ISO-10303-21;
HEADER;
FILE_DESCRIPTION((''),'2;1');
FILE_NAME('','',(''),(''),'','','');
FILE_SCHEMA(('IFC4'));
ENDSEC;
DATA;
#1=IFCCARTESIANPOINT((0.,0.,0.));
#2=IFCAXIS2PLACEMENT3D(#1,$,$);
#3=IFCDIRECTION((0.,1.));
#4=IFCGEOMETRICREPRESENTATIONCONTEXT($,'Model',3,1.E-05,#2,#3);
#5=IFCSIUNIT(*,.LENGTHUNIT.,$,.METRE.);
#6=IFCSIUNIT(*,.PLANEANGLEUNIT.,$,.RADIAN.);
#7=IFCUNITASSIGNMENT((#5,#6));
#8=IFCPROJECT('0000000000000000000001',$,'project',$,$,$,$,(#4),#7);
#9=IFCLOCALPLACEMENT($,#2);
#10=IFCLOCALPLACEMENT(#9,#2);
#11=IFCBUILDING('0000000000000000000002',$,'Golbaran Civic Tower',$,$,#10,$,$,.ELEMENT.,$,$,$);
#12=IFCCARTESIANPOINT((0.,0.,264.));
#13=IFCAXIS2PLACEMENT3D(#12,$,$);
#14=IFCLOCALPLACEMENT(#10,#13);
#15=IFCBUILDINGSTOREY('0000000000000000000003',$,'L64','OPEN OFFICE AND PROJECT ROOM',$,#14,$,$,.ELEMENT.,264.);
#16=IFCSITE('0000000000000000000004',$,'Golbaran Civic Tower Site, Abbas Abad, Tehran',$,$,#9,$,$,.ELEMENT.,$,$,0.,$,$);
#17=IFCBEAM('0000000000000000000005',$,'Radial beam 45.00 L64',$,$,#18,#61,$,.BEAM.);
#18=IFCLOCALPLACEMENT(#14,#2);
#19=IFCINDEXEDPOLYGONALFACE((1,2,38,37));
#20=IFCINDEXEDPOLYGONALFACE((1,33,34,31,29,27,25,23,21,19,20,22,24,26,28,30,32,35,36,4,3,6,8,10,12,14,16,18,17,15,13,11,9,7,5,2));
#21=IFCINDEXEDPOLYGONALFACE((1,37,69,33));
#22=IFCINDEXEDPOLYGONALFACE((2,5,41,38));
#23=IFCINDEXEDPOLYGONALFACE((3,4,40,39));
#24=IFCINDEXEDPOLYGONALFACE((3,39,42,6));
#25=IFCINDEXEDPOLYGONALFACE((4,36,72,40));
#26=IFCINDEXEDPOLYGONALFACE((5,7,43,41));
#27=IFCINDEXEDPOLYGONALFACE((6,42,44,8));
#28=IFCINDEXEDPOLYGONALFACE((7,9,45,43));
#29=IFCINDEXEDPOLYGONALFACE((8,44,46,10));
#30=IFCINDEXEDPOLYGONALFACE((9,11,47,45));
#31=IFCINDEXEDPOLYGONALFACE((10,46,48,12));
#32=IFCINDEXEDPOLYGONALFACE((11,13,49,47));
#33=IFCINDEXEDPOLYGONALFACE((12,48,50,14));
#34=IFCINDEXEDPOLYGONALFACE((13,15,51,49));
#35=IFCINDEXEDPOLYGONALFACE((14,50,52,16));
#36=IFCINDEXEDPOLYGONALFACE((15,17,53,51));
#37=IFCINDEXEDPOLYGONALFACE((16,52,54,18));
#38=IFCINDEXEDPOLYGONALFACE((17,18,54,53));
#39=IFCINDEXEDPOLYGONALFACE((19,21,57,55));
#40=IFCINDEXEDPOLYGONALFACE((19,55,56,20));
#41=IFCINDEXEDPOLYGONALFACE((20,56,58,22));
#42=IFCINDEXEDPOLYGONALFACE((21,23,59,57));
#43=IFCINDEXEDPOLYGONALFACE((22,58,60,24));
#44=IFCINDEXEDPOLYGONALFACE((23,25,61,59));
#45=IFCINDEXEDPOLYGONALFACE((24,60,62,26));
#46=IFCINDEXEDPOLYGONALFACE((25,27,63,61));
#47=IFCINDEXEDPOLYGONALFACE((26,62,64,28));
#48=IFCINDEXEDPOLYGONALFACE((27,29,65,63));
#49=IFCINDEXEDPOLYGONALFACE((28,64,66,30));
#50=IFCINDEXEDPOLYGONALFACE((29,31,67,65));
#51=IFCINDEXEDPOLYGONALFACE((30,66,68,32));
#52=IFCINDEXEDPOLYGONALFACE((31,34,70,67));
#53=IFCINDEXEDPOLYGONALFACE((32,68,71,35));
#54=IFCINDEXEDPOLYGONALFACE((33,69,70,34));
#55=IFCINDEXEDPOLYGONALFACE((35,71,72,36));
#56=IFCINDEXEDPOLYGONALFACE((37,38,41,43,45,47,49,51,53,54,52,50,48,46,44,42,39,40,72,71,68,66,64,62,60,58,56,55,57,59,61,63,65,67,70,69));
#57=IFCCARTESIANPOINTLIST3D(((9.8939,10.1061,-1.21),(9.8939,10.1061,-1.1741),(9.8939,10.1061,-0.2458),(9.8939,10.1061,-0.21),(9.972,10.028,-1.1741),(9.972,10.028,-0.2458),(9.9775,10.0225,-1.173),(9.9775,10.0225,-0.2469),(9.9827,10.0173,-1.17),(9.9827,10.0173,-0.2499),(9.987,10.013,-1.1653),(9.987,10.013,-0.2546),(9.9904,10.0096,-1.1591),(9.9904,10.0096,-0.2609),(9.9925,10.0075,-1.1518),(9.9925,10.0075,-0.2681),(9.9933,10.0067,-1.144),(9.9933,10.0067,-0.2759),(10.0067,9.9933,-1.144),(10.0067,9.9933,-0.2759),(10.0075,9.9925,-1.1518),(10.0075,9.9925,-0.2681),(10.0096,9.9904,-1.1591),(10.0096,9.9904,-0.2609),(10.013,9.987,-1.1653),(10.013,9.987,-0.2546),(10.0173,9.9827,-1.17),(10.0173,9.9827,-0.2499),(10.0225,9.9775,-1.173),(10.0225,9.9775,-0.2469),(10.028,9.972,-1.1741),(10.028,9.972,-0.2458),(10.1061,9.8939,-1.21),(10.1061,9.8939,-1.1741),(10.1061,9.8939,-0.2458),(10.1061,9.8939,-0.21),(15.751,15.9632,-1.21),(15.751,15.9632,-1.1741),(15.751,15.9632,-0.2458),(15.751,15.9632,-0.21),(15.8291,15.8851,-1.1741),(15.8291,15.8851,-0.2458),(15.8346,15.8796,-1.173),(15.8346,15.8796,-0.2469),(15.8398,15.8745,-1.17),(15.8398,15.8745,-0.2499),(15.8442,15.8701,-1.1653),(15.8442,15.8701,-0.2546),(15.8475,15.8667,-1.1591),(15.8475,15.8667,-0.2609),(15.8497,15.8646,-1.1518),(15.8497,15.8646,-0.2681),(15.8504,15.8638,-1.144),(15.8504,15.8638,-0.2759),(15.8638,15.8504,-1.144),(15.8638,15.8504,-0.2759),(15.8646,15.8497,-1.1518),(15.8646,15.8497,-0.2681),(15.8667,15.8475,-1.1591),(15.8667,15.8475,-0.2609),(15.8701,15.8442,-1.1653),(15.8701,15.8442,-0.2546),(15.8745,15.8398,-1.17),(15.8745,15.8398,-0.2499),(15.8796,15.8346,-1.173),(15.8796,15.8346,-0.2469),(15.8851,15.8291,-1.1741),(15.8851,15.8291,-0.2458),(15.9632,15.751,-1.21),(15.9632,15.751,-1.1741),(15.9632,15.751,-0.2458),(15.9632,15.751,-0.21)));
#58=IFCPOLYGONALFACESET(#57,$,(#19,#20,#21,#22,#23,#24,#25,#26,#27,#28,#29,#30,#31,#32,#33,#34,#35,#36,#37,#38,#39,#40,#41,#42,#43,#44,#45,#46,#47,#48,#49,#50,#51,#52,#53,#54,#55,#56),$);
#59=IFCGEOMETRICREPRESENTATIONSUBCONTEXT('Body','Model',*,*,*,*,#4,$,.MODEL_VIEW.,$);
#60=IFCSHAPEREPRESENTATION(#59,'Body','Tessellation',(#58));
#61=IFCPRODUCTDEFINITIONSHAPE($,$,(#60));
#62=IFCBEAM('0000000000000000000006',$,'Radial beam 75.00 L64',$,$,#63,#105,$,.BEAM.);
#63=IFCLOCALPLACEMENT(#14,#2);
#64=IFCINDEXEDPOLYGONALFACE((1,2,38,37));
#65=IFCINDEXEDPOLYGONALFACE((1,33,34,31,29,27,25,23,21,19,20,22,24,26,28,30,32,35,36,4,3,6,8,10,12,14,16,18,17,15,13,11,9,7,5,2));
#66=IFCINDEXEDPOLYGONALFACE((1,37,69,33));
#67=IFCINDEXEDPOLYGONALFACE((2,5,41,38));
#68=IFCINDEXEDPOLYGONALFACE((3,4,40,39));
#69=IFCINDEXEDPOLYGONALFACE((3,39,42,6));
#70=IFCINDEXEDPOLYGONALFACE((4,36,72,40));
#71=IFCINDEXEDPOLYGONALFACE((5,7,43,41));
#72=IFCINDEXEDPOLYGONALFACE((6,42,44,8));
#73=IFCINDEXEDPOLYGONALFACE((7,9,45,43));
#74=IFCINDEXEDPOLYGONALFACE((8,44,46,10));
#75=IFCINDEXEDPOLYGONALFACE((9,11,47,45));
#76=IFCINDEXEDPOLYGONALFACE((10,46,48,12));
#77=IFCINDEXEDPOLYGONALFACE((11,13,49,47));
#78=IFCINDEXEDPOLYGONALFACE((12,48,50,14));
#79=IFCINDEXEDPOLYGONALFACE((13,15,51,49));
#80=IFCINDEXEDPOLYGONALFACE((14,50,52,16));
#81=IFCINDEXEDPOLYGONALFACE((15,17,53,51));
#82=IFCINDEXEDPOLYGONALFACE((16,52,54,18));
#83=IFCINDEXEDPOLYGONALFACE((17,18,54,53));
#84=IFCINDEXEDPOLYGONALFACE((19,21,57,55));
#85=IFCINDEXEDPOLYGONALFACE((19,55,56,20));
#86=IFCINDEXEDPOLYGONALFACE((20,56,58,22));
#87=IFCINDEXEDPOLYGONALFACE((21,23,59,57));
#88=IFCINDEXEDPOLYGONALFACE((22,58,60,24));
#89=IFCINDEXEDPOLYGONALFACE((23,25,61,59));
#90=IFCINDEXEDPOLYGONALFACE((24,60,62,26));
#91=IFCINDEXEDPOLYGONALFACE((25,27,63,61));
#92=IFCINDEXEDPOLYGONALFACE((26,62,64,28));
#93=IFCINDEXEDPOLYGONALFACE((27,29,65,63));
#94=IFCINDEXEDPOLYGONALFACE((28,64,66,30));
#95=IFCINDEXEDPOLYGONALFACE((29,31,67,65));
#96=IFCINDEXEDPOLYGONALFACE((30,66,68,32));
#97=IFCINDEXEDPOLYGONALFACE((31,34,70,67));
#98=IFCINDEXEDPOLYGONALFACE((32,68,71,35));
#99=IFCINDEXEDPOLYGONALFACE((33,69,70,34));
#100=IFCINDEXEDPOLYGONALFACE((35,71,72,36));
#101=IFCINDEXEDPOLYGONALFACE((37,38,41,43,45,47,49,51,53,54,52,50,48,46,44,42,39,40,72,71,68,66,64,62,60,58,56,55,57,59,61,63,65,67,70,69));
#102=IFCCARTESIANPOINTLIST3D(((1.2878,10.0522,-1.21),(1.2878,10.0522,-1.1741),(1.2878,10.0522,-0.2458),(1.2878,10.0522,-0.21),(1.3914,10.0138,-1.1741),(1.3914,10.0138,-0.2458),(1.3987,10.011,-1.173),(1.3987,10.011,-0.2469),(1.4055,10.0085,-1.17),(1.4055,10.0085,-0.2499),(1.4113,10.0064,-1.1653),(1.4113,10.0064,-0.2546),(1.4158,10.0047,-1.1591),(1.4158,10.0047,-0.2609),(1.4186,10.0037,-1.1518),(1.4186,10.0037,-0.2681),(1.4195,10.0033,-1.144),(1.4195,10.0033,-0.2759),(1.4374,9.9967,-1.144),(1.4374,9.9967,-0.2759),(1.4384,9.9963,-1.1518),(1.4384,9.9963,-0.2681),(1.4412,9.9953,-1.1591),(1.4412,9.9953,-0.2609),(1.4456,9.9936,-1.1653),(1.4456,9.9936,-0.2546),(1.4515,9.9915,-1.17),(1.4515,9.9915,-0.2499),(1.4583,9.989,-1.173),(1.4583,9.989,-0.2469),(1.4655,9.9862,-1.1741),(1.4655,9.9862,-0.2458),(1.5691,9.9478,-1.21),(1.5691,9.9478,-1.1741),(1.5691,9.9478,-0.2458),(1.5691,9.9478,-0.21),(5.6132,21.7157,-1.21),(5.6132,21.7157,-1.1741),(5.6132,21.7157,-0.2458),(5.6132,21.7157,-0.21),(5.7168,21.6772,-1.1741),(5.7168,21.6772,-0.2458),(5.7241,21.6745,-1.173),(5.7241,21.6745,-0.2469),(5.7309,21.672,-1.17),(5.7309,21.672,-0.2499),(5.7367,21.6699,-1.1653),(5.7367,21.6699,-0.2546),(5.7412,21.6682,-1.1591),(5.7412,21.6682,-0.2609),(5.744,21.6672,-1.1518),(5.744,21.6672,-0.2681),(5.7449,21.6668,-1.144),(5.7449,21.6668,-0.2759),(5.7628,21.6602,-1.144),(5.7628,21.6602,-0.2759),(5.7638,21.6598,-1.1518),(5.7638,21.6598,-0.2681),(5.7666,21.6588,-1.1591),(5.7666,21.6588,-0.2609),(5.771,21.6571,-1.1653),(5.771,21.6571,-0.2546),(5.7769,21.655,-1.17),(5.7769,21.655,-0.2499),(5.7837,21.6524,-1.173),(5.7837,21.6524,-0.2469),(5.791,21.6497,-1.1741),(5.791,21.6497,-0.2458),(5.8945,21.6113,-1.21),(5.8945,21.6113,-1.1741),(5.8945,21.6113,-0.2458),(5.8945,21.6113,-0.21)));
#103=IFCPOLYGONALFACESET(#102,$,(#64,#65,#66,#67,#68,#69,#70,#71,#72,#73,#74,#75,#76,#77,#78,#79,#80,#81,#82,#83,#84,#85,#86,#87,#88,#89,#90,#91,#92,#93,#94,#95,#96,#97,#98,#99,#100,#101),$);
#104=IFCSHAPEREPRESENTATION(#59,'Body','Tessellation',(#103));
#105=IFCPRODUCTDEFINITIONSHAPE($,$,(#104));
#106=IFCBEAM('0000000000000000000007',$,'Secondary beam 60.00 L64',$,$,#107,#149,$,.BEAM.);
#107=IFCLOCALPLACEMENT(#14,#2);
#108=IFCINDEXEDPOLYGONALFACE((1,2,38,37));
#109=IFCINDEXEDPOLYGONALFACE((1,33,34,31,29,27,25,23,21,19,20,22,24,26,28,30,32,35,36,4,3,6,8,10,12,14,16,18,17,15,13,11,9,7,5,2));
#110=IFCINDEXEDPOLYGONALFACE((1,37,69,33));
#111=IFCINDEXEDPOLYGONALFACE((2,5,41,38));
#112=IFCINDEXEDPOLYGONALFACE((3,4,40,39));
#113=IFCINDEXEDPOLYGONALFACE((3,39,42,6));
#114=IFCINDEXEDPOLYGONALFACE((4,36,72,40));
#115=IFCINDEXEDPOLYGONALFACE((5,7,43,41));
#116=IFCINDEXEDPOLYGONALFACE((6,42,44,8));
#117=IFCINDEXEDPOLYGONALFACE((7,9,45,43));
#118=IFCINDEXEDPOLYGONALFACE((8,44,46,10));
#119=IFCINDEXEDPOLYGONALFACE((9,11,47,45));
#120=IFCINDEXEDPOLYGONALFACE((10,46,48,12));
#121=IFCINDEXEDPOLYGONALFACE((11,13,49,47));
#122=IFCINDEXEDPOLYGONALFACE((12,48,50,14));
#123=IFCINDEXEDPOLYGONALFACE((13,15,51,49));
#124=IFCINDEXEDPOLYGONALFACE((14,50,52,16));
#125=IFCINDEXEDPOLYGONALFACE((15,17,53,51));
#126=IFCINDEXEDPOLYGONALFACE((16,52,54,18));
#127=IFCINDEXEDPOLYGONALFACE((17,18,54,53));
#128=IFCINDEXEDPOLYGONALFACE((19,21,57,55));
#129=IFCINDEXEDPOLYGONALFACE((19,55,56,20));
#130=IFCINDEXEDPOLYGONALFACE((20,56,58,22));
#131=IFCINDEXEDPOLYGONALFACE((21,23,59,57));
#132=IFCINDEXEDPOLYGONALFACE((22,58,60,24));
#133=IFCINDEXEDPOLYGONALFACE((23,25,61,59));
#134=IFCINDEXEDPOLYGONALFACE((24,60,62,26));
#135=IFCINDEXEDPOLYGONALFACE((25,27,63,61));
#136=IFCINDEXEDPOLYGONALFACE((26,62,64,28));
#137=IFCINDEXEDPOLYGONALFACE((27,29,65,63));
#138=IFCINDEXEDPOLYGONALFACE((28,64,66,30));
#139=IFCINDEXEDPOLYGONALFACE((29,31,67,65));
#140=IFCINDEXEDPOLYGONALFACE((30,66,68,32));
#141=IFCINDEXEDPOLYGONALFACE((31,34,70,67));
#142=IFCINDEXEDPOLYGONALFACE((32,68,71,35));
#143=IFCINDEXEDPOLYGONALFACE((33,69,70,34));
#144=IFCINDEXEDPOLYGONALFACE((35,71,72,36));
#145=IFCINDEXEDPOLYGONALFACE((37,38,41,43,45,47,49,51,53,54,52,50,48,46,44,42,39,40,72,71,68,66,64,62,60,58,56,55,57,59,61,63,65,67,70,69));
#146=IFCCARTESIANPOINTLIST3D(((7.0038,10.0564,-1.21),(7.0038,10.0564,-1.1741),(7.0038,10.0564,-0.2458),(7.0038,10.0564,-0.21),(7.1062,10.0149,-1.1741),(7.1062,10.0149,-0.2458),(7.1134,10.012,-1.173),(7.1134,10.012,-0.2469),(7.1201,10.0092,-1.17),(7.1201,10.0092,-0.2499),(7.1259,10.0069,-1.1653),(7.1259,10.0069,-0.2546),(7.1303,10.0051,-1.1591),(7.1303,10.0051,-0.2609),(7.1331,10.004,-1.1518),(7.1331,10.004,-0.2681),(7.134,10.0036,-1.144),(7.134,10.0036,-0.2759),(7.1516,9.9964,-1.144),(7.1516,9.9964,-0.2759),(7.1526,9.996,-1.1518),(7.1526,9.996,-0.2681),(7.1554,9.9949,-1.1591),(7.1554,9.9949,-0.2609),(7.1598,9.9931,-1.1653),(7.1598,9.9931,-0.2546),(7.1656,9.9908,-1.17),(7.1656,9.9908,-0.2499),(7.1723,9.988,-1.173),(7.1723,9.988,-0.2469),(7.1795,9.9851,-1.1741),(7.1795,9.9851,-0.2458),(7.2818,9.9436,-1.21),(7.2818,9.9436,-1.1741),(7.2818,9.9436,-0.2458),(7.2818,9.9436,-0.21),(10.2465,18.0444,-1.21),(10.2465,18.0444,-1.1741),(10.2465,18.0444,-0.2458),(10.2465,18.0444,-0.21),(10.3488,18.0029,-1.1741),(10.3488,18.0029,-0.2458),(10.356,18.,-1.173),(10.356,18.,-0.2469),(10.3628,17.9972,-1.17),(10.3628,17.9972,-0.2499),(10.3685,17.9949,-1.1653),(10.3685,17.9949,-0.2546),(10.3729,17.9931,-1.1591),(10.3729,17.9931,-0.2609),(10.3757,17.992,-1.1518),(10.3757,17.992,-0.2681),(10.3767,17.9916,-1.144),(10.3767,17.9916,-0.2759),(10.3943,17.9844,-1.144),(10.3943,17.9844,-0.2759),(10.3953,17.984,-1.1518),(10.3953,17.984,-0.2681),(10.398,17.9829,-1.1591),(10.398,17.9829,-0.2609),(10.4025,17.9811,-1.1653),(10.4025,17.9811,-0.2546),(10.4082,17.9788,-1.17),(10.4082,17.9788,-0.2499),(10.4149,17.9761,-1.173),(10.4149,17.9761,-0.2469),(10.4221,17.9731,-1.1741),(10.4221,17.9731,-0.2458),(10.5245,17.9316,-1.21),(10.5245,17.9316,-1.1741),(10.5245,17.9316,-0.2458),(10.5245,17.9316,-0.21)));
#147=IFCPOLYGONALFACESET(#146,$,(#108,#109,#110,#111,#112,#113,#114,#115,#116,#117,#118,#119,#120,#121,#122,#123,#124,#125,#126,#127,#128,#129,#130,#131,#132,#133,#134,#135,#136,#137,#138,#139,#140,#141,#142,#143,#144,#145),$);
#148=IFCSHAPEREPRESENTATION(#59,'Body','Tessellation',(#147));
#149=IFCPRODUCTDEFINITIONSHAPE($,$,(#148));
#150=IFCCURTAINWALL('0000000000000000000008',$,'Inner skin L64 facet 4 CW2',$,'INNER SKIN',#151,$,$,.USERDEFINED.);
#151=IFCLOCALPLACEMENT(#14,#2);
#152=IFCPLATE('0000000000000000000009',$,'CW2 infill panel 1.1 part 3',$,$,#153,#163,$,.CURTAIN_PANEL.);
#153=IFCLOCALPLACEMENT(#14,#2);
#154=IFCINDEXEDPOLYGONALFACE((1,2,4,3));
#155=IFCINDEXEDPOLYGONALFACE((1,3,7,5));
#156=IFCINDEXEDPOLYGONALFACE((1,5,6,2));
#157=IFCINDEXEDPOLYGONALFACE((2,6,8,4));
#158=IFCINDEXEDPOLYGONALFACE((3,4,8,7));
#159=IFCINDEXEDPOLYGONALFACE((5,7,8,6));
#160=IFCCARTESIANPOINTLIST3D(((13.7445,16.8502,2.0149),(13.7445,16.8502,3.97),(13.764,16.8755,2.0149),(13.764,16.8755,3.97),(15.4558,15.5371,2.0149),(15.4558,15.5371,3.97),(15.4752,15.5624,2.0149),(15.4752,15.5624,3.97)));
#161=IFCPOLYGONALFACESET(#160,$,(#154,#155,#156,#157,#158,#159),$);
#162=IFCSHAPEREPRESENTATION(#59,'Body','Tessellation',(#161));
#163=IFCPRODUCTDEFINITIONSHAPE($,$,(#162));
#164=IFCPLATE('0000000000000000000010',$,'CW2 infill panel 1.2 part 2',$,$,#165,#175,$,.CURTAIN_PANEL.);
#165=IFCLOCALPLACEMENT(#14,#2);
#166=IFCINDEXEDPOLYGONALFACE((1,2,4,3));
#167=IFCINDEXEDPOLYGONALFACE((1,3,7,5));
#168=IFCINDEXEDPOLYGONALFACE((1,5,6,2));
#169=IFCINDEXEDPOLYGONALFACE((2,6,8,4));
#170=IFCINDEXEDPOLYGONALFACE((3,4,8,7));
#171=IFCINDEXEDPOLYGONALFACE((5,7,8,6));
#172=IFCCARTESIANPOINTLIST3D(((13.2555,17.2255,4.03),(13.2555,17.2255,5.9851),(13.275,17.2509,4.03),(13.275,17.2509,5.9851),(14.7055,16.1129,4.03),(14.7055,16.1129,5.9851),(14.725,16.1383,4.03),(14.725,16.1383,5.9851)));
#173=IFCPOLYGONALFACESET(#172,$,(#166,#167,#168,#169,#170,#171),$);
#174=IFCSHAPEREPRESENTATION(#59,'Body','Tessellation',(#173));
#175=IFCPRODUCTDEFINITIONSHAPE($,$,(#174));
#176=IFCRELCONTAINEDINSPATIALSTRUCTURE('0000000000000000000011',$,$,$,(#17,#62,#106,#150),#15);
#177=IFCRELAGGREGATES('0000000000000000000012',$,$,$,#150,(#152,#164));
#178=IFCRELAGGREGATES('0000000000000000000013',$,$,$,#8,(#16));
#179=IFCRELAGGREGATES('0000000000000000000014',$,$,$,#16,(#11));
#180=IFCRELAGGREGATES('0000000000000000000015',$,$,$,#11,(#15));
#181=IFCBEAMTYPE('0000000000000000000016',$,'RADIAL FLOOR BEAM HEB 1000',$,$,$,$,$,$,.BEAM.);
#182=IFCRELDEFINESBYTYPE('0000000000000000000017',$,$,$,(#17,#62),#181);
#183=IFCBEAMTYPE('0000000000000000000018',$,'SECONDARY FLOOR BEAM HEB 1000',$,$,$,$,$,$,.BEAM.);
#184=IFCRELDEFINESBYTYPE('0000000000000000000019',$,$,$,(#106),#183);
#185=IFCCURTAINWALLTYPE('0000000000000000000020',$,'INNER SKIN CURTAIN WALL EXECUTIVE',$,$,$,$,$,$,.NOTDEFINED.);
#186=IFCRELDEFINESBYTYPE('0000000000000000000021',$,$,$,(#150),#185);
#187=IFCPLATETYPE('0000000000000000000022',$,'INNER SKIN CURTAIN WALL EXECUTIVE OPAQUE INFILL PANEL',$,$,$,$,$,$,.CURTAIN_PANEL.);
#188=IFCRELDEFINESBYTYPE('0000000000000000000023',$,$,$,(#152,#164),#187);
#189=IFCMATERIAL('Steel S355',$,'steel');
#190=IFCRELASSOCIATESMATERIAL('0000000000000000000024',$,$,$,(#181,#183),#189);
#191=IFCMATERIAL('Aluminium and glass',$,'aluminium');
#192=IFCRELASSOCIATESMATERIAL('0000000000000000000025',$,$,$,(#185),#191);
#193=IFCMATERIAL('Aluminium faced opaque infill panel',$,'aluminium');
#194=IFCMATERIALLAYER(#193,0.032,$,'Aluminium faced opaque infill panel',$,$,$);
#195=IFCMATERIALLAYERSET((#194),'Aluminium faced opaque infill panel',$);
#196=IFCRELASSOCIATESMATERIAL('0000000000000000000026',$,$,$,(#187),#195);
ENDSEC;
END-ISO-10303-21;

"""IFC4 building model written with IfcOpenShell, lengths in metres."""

from ifc_helpers import new_model, si_unit, direction, frame, origin, origin_2d, place, context, subcontext, project, spatial, rectangle, i_section, extrude, material, layer, layer_set, material_profile, profile_set, type_object, element, aggregate, save


model = new_model("IFC4")

# Units and contexts
model_context = context("Model", 3, precision=1e-05, world=origin(), true_north=direction((0.0, 1.0)))
body_context = subcontext(model_context, "Body", "Model", "MODEL_VIEW")
ifc_project = project(units=[si_unit("LENGTHUNIT", "METRE"), si_unit("PLANEANGLEUNIT", "RADIAN")], contexts=[model_context])

# Site, building, storey
site_placement = place(None, origin())
site = spatial("IfcSite", under=ifc_project, at=site_placement, Name="Golbaran Civic Tower Site, Abbas Abad, Tehran", CompositionType="ELEMENT", RefElevation=0.0)
building_placement = place(site_placement, origin())
building = spatial("IfcBuilding", under=site, at=building_placement, Name="Golbaran Civic Tower", CompositionType="ELEMENT")
storey_placement = place(building_placement, frame((0.0, 0.0, 264.0)))
storey = spatial("IfcBuildingStorey", under=building, at=storey_placement, Name="L64", Description="OPEN OFFICE AND PROJECT ROOM", CompositionType="ELEMENT", Elevation=264.0)

# Beams
ifc_material_1 = material(Name="Steel S355", Category="steel")
ifc_material_profile_1 = material_profile(ifc_material_1, i_section(OverallWidth=0.3, OverallDepth=1.0, WebThickness=0.019, FlangeThickness=0.0359, FilletRadius=0.03, at=origin_2d()), Name="HEB 1000")
ifc_profile_set_1 = profile_set([ifc_material_profile_1], Name="Steel S355")
beam_type_1 = type_object("IfcBeamType", Name="RADIAL FLOOR BEAM HEB 1000", PredefinedType="BEAM", material=ifc_profile_set_1)
beam_1_placement = place(storey_placement, frame((10.0, 10.0, -0.71), z_axis=(0.707107, 0.707107, 0.0), x_axis=(-0.707107, 0.707107, 0.0)))
element("IfcBeam", 1, at=beam_1_placement, inside=storey, type_object=beam_type_1, Name="Radial beam 45.00 L64", PredefinedType="BEAM", context=body_context, shape_type="SweptSolid", body=[
    extrude(i_section(OverallWidth=0.3, OverallDepth=1.0, WebThickness=0.019, FlangeThickness=0.0359, FilletRadius=0.03, at=origin_2d()), origin(), (0.0, 0.0, 1.0), 8.2832),
])
beam_2_placement = place(storey_placement, frame((1.4285, 10.0, -0.71), z_axis=(0.34771, 0.937602, 0.0), x_axis=(-0.937602, 0.34771, 0.0)))
element("IfcBeam", 2, at=beam_2_placement, inside=storey, type_object=beam_type_1, Name="Radial beam 75.00 L64", PredefinedType="BEAM", context=body_context, shape_type="SweptSolid", body=[
    extrude(i_section(OverallWidth=0.3, OverallDepth=1.0, WebThickness=0.019, FlangeThickness=0.0359, FilletRadius=0.03, at=origin_2d()), origin(), (0.0, 0.0, 1.0), 12.4397),
])
ifc_material_profile_2 = material_profile(ifc_material_1, i_section(OverallWidth=0.3, OverallDepth=1.0, WebThickness=0.019, FlangeThickness=0.0359, FilletRadius=0.03, at=origin_2d()), Name="HEB 1000")
ifc_profile_set_2 = profile_set([ifc_material_profile_2], Name="Steel S355")
beam_type_2 = type_object("IfcBeamType", Name="SECONDARY FLOOR BEAM HEB 1000", PredefinedType="BEAM", material=ifc_profile_set_2)
beam_3_placement = place(storey_placement, frame((7.1428, 10.0, -0.71), z_axis=(0.376132, 0.926566, 0.0), x_axis=(-0.926566, 0.376132, 0.0)))
element("IfcBeam", 3, at=beam_3_placement, inside=storey, type_object=beam_type_2, Name="Secondary beam 60.00 L64", PredefinedType="BEAM", context=body_context, shape_type="SweptSolid", body=[
    extrude(i_section(OverallWidth=0.3, OverallDepth=1.0, WebThickness=0.019, FlangeThickness=0.0359, FilletRadius=0.03, at=origin_2d()), origin(), (0.0, 0.0, 1.0), 8.6211),
])

# Curtain wall, plates
ifc_material_2 = material(Name="Aluminium and glass", Category="aluminium")
curtain_wall_type = type_object("IfcCurtainWallType", Name="INNER SKIN CURTAIN WALL EXECUTIVE", PredefinedType="NOTDEFINED", material=ifc_material_2)
curtain_wall_placement = place(storey_placement, origin())
curtain_wall = element("IfcCurtainWall", 4, at=curtain_wall_placement, inside=storey, type_object=curtain_wall_type, Name="Inner skin L64 facet 4 CW2", ObjectType="INNER SKIN", PredefinedType="USERDEFINED")
ifc_material_3 = material(Name="Aluminium faced opaque infill panel", Category="aluminium")
ifc_layer_1 = layer(ifc_material_3, 0.032, Name="Aluminium faced opaque infill panel")
ifc_layer_set_1 = layer_set([ifc_layer_1], Name="Aluminium faced opaque infill panel")
plate_type = type_object("IfcPlateType", Name="INNER SKIN CURTAIN WALL EXECUTIVE OPAQUE INFILL PANEL", PredefinedType="CURTAIN_PANEL", material=ifc_layer_set_1)
plate_1_placement = place(storey_placement, frame((14.6099, 16.2063, 2.0149), z_axis=(0.0, 0.0, 1.0), x_axis=(-0.793353, 0.608761, 0.0)))
plate_1 = element("IfcPlate", 5, at=plate_1_placement, type_object=plate_type, Name="CW2 infill panel 1.1 part 3", PredefinedType="CURTAIN_PANEL", context=body_context, shape_type="SweptSolid", body=[
    extrude(rectangle(XDim=2.157, YDim=0.032, at=origin_2d()), origin(), (0.0, 0.0, 1.0), 1.9551),
])
plate_2_placement = place(storey_placement, frame((13.9902, 16.6819, 4.03), z_axis=(0.0, 0.0, 1.0), x_axis=(-0.793353, 0.608761, 0.0)))
plate_2 = element("IfcPlate", 6, at=plate_2_placement, type_object=plate_type, Name="CW2 infill panel 1.2 part 2", PredefinedType="CURTAIN_PANEL", context=body_context, shape_type="SweptSolid", body=[
    extrude(rectangle(XDim=1.8276, YDim=0.032, at=origin_2d()), origin(), (0.0, 0.0, 1.0), 1.9551),
])
aggregate(curtain_wall, [plate_1, plate_2])

save(model, "model.ifc")
